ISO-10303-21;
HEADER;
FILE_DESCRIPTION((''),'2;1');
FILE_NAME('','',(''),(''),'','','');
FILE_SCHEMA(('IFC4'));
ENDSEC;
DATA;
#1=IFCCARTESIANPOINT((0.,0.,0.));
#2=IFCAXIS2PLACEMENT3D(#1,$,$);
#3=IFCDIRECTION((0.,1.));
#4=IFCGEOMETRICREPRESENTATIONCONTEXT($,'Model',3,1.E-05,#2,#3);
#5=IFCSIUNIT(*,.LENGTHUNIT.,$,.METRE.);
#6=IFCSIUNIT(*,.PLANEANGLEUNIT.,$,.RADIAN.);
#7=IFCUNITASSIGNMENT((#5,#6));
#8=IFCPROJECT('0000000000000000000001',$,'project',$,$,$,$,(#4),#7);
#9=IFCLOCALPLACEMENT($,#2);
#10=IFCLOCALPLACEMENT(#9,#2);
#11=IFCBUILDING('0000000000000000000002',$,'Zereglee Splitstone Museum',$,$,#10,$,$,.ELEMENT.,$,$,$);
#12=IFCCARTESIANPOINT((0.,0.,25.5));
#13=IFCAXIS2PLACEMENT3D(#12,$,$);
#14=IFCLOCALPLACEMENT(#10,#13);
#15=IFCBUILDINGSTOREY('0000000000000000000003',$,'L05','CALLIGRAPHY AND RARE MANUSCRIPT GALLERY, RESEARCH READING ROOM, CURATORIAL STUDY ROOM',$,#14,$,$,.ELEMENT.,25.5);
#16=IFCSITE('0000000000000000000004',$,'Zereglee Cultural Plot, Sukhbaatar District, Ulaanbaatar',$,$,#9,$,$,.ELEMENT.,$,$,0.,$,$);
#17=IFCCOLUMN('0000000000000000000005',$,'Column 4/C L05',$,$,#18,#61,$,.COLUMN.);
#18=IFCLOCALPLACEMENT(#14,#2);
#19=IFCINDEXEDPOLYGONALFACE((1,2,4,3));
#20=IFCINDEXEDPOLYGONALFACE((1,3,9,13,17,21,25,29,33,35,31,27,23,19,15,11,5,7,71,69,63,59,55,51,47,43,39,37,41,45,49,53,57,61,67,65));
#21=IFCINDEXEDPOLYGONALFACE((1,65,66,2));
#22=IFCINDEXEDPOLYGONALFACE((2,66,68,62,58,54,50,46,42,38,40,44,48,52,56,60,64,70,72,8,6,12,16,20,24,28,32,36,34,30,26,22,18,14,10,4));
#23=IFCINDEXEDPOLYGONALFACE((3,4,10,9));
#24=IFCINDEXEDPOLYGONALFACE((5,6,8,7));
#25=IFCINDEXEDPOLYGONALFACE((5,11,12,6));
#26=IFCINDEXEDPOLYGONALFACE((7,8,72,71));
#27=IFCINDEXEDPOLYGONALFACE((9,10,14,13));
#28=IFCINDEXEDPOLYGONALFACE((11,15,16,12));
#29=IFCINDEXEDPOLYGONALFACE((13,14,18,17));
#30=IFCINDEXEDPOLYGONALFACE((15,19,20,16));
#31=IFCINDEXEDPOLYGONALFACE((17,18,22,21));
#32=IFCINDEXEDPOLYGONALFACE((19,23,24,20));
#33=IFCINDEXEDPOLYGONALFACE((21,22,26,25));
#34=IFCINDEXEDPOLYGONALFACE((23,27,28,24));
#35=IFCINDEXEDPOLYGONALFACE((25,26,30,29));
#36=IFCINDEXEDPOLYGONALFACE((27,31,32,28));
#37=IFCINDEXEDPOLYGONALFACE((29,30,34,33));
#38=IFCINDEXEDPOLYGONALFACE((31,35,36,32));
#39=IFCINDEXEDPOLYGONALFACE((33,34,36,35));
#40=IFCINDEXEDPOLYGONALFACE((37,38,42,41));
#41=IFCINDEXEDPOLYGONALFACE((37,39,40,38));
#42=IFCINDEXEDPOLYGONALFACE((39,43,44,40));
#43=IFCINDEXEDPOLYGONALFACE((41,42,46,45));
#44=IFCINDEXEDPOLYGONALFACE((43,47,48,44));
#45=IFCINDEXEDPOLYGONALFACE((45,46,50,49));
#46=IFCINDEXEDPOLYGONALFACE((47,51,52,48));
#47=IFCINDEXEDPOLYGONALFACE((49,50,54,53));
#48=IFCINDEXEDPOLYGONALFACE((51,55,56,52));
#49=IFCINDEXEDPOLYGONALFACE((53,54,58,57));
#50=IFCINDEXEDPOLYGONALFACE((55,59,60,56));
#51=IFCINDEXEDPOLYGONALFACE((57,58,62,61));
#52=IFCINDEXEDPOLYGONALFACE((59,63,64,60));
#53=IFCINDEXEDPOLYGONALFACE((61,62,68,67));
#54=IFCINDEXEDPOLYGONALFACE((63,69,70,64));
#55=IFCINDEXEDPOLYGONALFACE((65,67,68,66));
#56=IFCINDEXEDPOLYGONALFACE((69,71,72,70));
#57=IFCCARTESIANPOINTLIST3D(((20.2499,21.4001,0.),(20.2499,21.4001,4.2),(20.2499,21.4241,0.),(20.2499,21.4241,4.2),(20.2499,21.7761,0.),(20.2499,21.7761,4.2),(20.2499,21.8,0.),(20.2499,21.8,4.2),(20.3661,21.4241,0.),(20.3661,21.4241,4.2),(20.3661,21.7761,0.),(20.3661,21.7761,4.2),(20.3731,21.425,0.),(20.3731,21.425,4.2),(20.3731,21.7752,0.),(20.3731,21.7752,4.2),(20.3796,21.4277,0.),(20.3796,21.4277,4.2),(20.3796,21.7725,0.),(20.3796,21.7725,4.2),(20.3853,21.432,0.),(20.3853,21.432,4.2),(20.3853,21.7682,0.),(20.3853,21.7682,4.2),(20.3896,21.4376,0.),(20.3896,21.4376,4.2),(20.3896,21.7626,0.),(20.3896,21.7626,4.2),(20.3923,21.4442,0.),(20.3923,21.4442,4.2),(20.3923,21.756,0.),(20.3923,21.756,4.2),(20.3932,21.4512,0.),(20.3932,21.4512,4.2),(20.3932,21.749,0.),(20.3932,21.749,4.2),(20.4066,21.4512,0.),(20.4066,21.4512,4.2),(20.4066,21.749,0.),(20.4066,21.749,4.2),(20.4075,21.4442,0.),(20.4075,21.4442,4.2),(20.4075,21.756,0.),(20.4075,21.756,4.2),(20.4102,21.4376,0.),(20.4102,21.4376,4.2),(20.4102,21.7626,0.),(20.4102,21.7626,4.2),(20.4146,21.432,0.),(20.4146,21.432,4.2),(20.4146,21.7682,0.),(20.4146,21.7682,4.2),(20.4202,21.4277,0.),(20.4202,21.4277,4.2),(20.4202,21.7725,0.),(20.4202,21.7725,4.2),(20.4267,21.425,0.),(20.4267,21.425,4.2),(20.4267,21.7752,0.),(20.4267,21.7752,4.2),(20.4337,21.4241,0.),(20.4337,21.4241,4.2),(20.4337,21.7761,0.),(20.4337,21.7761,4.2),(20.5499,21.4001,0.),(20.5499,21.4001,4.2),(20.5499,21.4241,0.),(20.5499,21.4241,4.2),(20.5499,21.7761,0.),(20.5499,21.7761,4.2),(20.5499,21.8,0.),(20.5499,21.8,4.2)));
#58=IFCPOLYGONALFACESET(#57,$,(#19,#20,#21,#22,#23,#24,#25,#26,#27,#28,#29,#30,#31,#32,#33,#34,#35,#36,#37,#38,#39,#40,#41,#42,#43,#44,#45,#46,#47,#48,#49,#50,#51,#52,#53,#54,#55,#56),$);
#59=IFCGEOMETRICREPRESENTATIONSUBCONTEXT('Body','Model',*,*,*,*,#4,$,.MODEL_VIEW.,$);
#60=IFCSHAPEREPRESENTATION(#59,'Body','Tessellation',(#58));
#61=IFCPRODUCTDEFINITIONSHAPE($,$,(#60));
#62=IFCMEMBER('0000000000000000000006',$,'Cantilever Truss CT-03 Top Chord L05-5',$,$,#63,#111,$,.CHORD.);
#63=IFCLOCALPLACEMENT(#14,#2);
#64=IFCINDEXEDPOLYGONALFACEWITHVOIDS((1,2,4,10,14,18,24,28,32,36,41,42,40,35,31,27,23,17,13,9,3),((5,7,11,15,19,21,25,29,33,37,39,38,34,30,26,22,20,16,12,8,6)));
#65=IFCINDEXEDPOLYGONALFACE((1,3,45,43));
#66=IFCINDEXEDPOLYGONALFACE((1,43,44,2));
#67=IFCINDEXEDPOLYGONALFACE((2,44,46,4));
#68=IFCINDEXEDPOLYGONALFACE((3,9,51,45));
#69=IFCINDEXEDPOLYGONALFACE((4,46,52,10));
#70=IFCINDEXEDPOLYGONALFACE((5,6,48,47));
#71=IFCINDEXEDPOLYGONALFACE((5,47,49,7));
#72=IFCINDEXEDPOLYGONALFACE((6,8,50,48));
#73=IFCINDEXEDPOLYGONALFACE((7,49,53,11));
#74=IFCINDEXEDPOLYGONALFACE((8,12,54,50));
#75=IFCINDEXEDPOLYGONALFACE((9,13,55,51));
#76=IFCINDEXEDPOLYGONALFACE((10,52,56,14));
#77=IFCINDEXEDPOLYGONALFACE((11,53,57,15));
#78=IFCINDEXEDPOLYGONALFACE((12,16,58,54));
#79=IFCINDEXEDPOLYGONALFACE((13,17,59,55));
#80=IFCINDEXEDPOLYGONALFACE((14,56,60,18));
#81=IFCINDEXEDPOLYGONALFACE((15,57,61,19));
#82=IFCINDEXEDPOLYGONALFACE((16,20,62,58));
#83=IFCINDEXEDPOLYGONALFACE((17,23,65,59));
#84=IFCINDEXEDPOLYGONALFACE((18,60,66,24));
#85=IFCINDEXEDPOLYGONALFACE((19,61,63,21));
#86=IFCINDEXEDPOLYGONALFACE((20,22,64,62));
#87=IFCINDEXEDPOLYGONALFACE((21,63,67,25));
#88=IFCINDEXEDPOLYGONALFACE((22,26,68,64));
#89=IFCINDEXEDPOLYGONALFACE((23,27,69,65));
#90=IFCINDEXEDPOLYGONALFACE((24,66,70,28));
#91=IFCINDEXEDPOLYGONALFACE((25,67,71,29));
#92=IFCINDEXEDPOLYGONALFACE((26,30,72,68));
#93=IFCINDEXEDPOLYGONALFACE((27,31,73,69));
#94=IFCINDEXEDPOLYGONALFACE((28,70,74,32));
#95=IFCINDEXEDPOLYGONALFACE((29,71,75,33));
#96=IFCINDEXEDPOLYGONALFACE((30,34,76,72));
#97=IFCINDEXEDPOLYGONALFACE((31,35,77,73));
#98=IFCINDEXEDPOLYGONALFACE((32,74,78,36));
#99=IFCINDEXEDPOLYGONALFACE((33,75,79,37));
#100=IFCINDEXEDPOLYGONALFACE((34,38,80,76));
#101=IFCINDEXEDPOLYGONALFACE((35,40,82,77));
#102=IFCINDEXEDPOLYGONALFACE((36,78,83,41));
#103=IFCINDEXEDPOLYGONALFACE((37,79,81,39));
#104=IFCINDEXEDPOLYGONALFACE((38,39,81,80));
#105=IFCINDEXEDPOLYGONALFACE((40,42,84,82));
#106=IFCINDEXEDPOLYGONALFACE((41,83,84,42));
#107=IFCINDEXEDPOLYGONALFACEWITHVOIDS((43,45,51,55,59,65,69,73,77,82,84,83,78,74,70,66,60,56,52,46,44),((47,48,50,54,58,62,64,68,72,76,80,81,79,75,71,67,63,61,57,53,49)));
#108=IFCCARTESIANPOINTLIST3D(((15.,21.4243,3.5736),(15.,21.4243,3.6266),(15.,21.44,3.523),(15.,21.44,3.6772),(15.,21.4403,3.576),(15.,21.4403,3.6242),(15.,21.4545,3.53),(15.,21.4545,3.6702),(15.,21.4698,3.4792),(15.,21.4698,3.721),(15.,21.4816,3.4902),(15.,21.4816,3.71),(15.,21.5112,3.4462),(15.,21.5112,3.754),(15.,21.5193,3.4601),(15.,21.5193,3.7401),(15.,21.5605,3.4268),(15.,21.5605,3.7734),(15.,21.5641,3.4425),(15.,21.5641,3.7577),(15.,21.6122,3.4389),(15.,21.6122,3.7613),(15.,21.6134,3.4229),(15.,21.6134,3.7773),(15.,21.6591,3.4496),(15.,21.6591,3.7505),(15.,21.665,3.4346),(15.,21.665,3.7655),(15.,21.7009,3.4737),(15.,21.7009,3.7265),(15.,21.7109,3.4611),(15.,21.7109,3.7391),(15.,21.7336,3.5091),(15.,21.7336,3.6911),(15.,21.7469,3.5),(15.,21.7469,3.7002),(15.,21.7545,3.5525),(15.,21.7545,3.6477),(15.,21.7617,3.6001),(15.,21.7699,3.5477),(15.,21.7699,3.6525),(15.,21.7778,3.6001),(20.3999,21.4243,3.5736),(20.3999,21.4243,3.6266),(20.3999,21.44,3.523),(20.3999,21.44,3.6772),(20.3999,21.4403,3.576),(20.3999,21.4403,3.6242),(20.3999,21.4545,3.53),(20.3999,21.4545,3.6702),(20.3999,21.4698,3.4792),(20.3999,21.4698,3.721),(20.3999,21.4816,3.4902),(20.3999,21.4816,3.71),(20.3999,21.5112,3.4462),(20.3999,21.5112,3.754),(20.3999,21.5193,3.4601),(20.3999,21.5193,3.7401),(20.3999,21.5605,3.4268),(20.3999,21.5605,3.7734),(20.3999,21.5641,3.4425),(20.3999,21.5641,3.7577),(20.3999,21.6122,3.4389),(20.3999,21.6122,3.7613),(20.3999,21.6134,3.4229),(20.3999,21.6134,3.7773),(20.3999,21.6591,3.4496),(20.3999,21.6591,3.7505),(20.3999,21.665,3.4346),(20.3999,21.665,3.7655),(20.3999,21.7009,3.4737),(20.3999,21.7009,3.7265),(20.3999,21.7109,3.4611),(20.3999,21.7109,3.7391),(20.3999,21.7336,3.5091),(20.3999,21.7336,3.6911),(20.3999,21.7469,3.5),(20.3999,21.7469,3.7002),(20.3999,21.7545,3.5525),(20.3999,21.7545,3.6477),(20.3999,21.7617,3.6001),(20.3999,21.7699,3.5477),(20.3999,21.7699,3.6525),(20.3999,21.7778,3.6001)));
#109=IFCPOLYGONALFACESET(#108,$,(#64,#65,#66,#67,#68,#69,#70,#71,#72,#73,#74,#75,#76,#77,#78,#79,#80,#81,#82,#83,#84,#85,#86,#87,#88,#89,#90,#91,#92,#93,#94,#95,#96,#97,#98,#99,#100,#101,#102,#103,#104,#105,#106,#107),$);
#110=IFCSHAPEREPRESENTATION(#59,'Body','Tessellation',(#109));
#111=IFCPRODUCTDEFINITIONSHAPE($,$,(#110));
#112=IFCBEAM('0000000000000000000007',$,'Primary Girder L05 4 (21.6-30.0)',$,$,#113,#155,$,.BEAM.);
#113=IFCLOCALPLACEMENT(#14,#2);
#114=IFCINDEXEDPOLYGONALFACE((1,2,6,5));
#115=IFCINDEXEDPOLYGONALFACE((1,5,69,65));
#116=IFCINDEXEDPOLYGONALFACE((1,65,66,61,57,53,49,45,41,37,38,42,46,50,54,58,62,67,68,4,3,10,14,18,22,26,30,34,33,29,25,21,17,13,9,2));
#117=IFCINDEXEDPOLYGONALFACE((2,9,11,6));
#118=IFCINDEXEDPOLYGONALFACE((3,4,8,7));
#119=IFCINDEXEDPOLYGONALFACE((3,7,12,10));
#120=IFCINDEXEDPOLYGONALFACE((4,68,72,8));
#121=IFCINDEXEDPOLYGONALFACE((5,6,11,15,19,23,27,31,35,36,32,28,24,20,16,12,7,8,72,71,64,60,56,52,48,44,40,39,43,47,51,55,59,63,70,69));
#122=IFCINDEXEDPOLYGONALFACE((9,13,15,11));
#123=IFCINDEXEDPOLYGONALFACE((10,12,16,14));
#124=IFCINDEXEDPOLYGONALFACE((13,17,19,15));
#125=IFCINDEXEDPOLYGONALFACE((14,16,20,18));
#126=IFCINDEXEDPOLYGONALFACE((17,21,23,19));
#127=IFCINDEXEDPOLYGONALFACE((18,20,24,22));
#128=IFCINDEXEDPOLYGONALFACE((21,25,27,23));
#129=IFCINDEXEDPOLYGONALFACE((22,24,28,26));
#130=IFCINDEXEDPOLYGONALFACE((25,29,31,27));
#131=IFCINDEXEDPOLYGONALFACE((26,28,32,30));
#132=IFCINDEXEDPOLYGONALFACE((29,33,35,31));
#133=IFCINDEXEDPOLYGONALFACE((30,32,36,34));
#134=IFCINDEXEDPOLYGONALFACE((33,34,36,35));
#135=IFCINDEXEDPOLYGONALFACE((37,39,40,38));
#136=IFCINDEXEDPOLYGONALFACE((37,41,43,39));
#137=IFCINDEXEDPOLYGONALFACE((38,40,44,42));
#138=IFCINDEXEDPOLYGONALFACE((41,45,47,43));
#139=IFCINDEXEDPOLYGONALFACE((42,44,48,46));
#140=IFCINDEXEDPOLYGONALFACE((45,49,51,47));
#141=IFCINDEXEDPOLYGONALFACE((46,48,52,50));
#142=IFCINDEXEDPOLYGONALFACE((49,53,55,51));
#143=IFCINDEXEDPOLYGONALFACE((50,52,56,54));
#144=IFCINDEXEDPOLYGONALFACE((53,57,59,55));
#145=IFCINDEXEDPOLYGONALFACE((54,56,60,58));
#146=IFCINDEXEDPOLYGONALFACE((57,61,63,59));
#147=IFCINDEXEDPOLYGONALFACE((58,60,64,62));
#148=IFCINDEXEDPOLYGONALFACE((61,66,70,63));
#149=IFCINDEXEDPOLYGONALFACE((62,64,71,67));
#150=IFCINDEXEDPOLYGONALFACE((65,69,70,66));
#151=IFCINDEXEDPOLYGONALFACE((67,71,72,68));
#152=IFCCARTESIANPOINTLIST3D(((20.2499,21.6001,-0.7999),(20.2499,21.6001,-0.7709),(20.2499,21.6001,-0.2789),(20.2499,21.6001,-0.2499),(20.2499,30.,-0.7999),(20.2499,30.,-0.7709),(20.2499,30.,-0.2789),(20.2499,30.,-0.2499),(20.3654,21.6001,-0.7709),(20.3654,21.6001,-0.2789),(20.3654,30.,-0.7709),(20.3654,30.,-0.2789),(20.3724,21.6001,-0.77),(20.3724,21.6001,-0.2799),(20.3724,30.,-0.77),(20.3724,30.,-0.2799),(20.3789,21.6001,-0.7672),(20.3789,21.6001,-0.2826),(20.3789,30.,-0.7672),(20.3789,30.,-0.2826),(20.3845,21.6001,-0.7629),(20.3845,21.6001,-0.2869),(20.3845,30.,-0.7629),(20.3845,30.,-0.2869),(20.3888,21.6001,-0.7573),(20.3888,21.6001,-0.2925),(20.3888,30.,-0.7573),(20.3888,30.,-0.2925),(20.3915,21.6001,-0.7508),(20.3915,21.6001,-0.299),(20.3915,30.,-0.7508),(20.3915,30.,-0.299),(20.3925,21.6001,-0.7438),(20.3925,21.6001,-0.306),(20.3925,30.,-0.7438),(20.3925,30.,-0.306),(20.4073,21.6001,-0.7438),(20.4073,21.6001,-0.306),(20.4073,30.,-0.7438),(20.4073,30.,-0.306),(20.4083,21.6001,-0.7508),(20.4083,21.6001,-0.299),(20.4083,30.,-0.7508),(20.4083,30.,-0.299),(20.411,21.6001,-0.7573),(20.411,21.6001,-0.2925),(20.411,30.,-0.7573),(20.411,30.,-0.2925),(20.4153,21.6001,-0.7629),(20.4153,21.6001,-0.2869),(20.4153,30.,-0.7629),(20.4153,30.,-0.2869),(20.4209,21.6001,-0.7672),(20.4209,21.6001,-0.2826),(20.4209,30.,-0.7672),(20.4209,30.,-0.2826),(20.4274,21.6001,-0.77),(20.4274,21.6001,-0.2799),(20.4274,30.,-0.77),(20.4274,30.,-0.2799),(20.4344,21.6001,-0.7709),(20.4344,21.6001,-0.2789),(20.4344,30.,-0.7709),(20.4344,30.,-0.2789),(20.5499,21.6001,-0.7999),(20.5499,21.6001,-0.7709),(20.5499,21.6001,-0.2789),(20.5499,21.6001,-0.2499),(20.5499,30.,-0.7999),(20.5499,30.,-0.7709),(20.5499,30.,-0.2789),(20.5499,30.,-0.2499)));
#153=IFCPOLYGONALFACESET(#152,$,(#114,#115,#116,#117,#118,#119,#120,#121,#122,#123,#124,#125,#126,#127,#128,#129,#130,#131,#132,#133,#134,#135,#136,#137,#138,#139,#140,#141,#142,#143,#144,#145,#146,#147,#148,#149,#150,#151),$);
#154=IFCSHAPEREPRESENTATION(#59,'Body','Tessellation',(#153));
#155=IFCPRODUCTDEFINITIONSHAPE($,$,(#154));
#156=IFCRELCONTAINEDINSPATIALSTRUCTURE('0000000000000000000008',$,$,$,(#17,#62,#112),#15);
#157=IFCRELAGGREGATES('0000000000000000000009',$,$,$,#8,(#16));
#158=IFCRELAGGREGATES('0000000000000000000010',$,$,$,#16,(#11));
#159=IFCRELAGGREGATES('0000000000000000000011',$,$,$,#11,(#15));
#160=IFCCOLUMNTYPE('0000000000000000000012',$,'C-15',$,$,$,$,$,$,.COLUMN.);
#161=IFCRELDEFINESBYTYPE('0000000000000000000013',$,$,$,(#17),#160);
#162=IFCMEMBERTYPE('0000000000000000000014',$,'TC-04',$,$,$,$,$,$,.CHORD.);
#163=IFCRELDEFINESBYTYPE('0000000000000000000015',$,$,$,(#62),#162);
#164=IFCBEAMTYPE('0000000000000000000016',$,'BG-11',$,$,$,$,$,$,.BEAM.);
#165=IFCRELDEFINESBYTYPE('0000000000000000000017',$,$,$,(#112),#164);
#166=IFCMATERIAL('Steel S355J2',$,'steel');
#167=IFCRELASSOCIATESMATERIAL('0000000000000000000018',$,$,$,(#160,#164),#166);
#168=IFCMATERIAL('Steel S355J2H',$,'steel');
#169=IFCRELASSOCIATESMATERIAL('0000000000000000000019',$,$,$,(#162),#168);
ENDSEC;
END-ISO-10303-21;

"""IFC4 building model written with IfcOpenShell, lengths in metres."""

from ifc_helpers import new_model, si_unit, direction, frame, origin, origin_2d, place, context, subcontext, project, spatial, hollow_circle, i_section, extrude, material, material_profile, profile_set, type_object, element, save


model = new_model("IFC4")

# Units and contexts
model_context = context("Model", 3, precision=1e-05, world=origin(), true_north=direction((0.0, 1.0)))
body_context = subcontext(model_context, "Body", "Model", "MODEL_VIEW")
ifc_project = project(units=[si_unit("LENGTHUNIT", "METRE"), si_unit("PLANEANGLEUNIT", "RADIAN")], contexts=[model_context])

# Site, building, storey
site_placement = place(None, origin())
site = spatial("IfcSite", under=ifc_project, at=site_placement, Name="Zereglee Cultural Plot, Sukhbaatar District, Ulaanbaatar", CompositionType="ELEMENT", RefElevation=0.0)
building_placement = place(site_placement, origin())
building = spatial("IfcBuilding", under=site, at=building_placement, Name="Zereglee Splitstone Museum", CompositionType="ELEMENT")
storey_placement = place(building_placement, frame((0.0, 0.0, 25.5)))
storey = spatial("IfcBuildingStorey", under=building, at=storey_placement, Name="L05", Description="CALLIGRAPHY AND RARE MANUSCRIPT GALLERY, RESEARCH READING ROOM, CURATORIAL STUDY ROOM", CompositionType="ELEMENT", Elevation=25.5)

# Column
ifc_material_1 = material(Name="Steel S355J2", Category="steel")
ifc_material_profile_1 = material_profile(ifc_material_1, i_section(OverallWidth=0.3, OverallDepth=0.3999, WebThickness=0.0134, FlangeThickness=0.0239, FilletRadius=0.0271, at=origin_2d()), Name="HE 400 B")
ifc_profile_set_1 = profile_set([ifc_material_profile_1], Name="Steel S355J2")
column_type = type_object("IfcColumnType", Name="C-15", PredefinedType="COLUMN", material=ifc_profile_set_1)
column_placement = place(storey_placement, frame((20.3999, 21.6001, 0.0), z_axis=(0.0, 0.0, 1.0), x_axis=(1.0, 0.0, 0.0)))
element("IfcColumn", 1, at=column_placement, inside=storey, type_object=column_type, Name="Column 4/C L05", PredefinedType="COLUMN", context=body_context, shape_type="SweptSolid", body=[
    extrude(i_section(OverallWidth=0.3, OverallDepth=0.3999, WebThickness=0.0134, FlangeThickness=0.0239, FilletRadius=0.0271, at=origin_2d()), origin(), (0.0, 0.0, 1.0), 4.2),
])

# Member
ifc_material_2 = material(Name="Steel S355J2H", Category="steel")
ifc_material_profile_2 = material_profile(ifc_material_2, hollow_circle(Radius=0.1777, WallThickness=0.0161, at=origin_2d()), Name="CHS 355.6x16")
ifc_profile_set_2 = profile_set([ifc_material_profile_2], Name="Steel S355J2H")
member_type_1 = type_object("IfcMemberType", Name="TC-04", PredefinedType="CHORD", material=ifc_profile_set_2)
member_1_placement = place(storey_placement, frame((15.0, 21.6001, 3.6001), z_axis=(1.0, 0.0, 0.0), x_axis=(0.0, 1.0, 0.0)))
element("IfcMember", 2, at=member_1_placement, inside=storey, type_object=member_type_1, Name="Cantilever Truss CT-03 Top Chord L05-5", PredefinedType="CHORD", context=body_context, shape_type="SweptSolid", body=[
    extrude(hollow_circle(Radius=0.1777, WallThickness=0.0161, at=origin_2d()), origin(), (0.0, 0.0, 1.0), 5.3999),
])

# Beam
ifc_material_profile_3 = material_profile(ifc_material_1, i_section(OverallWidth=0.3, OverallDepth=0.55, WebThickness=0.0149, FlangeThickness=0.0291, FilletRadius=0.0271, at=origin_2d()), Name="HE 550 B")
ifc_profile_set_3 = profile_set([ifc_material_profile_3], Name="Steel S355J2")
beam_type_1 = type_object("IfcBeamType", Name="BG-11", PredefinedType="BEAM", material=ifc_profile_set_3)
beam_1_placement = place(storey_placement, frame((20.3999, 21.6001, -0.5249), z_axis=(0.0, 1.0, 0.0), x_axis=(-1.0, 0.0, 0.0)))
element("IfcBeam", 3, at=beam_1_placement, inside=storey, type_object=beam_type_1, Name="Primary Girder L05 4 (21.6-30.0)", PredefinedType="BEAM", context=body_context, shape_type="SweptSolid", body=[
    extrude(i_section(OverallWidth=0.3, OverallDepth=0.55, WebThickness=0.0149, FlangeThickness=0.0291, FilletRadius=0.0271, at=origin_2d()), origin(), (0.0, 0.0, 1.0), 8.3999),
])

save(model, "model.ifc")
